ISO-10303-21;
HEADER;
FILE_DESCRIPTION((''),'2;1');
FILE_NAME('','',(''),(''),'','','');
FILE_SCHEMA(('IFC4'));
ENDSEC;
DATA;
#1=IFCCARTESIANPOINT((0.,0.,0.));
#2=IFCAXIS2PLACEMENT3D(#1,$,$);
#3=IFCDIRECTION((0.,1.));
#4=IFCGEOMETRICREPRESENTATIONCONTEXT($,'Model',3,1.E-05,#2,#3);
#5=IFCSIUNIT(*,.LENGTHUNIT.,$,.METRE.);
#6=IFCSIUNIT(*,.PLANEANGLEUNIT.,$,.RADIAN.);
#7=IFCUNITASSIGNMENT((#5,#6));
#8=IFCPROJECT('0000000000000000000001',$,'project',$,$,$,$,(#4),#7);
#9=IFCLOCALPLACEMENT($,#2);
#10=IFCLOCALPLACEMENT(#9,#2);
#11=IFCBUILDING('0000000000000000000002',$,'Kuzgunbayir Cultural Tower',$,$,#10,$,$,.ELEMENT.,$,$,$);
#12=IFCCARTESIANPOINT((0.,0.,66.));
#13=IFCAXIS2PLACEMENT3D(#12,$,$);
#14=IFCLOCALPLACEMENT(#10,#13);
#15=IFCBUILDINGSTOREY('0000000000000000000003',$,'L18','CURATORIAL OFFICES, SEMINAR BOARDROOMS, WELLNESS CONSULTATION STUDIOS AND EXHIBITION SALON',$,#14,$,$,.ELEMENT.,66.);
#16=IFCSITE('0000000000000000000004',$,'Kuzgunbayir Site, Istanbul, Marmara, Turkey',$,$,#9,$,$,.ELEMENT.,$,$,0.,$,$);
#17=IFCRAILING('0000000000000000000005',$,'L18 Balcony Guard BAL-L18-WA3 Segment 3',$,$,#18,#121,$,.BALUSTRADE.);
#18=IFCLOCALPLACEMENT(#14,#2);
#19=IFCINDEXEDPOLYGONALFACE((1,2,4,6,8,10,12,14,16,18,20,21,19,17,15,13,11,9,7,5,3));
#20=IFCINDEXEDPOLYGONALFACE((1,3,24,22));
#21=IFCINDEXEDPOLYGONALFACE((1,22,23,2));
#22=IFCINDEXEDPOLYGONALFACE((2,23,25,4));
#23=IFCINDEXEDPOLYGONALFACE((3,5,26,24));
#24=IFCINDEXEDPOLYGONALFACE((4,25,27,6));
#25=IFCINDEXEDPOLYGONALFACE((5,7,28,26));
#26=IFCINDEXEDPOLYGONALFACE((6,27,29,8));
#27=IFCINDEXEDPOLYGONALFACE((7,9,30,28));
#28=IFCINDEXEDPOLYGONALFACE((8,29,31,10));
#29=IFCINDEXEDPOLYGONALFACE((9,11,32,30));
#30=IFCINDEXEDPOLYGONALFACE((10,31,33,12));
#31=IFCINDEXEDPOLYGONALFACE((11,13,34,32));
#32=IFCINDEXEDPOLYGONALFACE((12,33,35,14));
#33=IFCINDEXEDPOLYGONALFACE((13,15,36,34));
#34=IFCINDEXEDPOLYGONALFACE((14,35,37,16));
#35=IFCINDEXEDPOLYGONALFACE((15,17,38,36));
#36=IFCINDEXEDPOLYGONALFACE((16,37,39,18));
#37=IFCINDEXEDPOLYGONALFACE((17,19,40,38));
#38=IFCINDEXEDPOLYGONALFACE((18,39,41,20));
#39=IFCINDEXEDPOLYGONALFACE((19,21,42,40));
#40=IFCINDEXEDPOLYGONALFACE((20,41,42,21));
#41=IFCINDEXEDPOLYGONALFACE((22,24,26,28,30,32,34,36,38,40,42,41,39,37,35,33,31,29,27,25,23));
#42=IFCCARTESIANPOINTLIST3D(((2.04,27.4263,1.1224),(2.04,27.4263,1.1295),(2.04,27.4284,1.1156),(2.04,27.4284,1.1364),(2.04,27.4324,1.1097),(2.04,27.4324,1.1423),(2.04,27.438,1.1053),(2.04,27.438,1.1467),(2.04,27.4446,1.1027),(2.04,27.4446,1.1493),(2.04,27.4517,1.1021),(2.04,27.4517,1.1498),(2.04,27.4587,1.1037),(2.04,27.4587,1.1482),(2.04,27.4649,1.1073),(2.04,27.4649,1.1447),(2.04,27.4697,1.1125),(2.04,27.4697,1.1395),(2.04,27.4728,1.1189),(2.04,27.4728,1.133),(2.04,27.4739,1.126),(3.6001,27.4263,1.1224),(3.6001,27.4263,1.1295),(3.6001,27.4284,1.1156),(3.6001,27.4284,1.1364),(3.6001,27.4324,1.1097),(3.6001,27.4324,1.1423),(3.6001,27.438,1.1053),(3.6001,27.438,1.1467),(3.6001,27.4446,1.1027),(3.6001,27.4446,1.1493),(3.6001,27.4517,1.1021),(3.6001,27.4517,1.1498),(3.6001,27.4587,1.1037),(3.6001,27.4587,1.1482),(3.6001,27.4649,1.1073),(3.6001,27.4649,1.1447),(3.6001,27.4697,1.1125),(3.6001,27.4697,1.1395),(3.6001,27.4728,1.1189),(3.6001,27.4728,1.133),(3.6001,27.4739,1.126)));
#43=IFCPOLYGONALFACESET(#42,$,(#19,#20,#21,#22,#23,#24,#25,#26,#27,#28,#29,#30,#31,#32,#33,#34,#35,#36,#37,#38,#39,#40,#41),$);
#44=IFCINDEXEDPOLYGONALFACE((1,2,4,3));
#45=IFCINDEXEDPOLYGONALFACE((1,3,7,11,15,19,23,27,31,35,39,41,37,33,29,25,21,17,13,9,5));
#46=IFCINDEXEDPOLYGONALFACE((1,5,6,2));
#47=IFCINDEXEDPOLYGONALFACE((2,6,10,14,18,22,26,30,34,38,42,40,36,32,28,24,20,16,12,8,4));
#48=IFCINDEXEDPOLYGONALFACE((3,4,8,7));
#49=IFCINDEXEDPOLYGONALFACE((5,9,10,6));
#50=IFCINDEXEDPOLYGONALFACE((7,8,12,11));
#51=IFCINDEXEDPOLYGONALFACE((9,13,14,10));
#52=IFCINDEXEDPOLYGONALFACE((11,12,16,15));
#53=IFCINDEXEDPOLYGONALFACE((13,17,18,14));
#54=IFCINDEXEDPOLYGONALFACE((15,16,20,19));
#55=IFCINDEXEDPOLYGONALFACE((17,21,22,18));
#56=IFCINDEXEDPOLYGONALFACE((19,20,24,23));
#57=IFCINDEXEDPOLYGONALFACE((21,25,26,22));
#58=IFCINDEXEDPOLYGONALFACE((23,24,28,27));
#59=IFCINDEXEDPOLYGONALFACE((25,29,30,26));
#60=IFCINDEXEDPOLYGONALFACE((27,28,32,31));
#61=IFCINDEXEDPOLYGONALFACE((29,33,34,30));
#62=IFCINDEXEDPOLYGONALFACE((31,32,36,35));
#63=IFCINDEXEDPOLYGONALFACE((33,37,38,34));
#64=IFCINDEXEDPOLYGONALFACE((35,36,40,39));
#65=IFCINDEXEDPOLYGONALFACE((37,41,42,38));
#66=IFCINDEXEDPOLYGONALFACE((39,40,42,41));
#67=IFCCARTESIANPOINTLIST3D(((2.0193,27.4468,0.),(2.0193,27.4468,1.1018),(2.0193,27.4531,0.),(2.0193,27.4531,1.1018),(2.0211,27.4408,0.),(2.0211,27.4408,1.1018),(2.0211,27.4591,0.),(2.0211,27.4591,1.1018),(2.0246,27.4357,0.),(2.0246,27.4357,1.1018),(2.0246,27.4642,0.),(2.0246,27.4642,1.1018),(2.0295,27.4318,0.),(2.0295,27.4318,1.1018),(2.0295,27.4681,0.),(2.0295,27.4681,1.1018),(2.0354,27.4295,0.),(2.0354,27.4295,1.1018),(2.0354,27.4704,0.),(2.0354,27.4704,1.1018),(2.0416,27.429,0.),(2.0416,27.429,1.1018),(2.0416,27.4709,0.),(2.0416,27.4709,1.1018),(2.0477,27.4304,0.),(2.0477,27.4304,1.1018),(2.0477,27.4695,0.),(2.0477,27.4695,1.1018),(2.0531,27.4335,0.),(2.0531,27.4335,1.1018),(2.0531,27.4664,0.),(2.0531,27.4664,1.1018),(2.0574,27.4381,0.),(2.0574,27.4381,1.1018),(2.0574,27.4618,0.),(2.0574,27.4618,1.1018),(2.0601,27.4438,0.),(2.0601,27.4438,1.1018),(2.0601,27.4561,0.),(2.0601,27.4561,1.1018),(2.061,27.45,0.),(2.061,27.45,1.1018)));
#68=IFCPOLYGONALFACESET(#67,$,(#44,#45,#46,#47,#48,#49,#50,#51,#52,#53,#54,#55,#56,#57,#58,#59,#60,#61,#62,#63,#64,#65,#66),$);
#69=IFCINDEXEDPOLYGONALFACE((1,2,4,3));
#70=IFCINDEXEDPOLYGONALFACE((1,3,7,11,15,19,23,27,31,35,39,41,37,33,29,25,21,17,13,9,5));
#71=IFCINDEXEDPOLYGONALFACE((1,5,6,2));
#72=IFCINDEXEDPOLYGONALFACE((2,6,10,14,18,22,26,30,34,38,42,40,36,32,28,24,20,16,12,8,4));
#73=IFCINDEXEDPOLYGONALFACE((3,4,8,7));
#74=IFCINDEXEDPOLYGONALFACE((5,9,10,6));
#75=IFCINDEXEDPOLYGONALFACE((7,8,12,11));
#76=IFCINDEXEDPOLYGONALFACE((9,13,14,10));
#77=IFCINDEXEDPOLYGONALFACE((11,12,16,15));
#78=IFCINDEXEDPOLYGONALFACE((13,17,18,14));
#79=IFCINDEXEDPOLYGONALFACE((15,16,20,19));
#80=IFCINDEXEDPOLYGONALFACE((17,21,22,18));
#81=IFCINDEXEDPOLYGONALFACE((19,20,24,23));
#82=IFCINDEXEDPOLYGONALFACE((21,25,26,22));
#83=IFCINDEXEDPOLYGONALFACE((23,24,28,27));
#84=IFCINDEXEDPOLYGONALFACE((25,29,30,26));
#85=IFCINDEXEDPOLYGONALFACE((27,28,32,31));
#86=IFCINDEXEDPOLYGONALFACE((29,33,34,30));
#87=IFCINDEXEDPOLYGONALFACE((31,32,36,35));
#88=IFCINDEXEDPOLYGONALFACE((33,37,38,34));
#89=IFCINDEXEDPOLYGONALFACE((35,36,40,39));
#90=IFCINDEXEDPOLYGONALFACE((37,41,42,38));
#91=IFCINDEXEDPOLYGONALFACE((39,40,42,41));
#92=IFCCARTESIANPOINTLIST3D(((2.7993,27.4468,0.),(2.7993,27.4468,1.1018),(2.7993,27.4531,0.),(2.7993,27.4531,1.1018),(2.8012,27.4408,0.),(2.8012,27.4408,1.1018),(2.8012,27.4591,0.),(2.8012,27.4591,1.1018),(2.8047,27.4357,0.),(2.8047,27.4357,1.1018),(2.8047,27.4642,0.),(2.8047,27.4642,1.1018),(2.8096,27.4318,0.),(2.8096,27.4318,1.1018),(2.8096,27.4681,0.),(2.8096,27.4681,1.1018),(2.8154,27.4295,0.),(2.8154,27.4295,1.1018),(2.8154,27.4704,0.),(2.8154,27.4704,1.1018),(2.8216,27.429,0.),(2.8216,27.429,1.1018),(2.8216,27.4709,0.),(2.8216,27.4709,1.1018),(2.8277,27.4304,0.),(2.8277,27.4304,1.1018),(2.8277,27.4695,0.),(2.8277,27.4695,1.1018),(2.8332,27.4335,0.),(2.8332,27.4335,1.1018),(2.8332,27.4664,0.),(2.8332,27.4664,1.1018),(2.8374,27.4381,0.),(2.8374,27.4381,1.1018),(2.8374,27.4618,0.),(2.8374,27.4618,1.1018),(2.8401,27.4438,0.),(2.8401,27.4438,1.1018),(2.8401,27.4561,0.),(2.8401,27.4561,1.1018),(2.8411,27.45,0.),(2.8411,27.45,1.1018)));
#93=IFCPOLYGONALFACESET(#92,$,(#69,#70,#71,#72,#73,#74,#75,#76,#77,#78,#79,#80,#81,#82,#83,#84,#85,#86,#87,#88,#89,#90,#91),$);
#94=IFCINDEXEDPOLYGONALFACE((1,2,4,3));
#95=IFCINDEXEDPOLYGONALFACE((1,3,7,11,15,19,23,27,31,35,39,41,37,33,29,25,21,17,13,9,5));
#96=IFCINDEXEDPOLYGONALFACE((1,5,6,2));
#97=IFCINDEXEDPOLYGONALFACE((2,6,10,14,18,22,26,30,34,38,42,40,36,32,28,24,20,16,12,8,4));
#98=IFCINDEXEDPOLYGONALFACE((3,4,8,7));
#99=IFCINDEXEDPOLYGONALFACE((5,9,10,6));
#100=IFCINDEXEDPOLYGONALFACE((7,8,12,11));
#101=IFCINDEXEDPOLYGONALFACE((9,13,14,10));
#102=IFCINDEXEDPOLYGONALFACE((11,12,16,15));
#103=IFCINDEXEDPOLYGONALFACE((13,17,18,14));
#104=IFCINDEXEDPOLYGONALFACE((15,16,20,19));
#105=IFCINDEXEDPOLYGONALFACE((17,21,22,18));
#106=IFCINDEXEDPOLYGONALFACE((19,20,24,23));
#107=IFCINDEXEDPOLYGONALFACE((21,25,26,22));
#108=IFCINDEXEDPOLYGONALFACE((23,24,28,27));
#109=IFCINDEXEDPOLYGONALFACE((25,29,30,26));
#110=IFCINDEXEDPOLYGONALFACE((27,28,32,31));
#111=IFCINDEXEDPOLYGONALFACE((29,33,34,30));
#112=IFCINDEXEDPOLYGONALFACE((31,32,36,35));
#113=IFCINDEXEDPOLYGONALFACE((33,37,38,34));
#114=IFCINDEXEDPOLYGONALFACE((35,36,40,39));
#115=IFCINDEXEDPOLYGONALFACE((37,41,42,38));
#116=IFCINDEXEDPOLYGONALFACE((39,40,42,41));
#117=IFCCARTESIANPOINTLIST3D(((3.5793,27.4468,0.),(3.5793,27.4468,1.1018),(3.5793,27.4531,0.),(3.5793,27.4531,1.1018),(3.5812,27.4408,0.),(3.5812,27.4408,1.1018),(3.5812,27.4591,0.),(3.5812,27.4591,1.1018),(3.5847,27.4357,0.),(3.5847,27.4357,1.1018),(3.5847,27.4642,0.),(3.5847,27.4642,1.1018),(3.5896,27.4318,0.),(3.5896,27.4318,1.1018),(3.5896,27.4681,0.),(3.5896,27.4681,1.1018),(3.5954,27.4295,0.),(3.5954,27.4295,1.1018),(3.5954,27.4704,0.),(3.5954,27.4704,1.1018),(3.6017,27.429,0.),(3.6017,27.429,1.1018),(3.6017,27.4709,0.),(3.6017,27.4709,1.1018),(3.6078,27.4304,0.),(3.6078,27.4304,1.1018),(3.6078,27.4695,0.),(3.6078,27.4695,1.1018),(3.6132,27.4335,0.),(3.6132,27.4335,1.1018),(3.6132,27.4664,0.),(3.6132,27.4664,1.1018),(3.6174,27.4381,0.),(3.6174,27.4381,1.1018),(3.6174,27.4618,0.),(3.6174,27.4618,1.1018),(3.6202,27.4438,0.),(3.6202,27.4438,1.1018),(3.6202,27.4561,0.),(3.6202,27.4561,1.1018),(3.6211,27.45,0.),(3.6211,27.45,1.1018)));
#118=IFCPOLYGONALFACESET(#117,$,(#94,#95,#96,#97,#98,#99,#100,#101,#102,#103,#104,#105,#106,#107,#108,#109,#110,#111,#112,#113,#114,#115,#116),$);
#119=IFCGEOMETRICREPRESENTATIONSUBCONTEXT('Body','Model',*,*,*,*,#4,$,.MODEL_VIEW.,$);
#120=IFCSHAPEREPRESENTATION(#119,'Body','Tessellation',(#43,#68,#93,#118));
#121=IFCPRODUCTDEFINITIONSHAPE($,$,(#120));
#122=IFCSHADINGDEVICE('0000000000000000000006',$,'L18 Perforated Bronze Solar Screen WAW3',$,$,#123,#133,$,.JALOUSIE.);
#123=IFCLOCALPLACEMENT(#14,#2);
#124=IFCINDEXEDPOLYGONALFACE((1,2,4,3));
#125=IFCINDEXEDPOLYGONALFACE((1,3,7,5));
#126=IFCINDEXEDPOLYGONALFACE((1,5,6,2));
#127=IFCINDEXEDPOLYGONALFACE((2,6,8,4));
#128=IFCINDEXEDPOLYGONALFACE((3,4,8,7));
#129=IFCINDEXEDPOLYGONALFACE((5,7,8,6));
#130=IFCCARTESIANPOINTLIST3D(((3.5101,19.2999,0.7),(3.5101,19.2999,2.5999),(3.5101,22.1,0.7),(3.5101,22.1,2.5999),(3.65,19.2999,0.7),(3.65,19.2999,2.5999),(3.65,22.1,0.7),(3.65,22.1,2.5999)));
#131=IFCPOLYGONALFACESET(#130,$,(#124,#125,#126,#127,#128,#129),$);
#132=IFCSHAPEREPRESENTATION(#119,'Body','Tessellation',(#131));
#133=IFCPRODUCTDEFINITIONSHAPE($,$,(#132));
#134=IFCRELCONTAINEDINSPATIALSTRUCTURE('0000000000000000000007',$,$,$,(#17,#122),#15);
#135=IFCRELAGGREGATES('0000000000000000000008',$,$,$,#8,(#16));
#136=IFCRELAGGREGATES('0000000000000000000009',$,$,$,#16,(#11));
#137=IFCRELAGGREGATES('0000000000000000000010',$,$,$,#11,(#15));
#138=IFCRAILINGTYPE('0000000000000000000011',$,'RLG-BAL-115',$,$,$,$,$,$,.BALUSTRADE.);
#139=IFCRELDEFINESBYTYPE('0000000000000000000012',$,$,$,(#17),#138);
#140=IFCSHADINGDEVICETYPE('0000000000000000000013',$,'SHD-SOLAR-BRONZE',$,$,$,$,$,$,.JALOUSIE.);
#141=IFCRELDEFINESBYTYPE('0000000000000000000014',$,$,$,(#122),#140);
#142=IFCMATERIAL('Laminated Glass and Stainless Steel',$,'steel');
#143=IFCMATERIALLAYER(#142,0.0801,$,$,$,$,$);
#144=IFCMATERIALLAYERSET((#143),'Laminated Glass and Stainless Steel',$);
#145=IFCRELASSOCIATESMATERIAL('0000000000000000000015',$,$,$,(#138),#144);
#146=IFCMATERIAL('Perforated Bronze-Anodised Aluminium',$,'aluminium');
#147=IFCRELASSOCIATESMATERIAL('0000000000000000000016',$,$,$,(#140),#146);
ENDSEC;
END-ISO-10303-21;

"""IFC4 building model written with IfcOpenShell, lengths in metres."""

from ifc_helpers import new_model, si_unit, direction, frame, origin, origin_2d, place, context, subcontext, project, spatial, rectangle, circle, extrude, material, layer, layer_set, type_object, element, save


model = new_model("IFC4")

# Units and contexts
model_context = context("Model", 3, precision=1e-05, world=origin(), true_north=direction((0.0, 1.0)))
body_context = subcontext(model_context, "Body", "Model", "MODEL_VIEW")
ifc_project = project(units=[si_unit("LENGTHUNIT", "METRE"), si_unit("PLANEANGLEUNIT", "RADIAN")], contexts=[model_context])

# Site, building, storey
site_placement = place(None, origin())
site = spatial("IfcSite", under=ifc_project, at=site_placement, Name="Kuzgunbayir Site, Istanbul, Marmara, Turkey", CompositionType="ELEMENT", RefElevation=0.0)
building_placement = place(site_placement, origin())
building = spatial("IfcBuilding", under=site, at=building_placement, Name="Kuzgunbayir Cultural Tower", CompositionType="ELEMENT")
storey_placement = place(building_placement, frame((0.0, 0.0, 66.0)))
storey = spatial("IfcBuildingStorey", under=building, at=storey_placement, Name="L18", Description="CURATORIAL OFFICES, SEMINAR BOARDROOMS, WELLNESS CONSULTATION STUDIOS AND EXHIBITION SALON", CompositionType="ELEMENT", Elevation=66.0)

# Shared definitions
ifc_material_1 = material(Name="Perforated Bronze-Anodised Aluminium", Category="aluminium")

# Railing
ifc_material_2 = material(Name="Laminated Glass and Stainless Steel", Category="steel")
ifc_layer_1 = layer(ifc_material_2, 0.0801)
ifc_layer_set_1 = layer_set([ifc_layer_1], Name="Laminated Glass and Stainless Steel")
railing_type = type_object("IfcRailingType", Name="RLG-BAL-115", PredefinedType="BALUSTRADE", material=ifc_layer_set_1)
railing_1_placement = place(storey_placement, frame((2.04, 27.45, 0.0)))
element("IfcRailing", 1, at=railing_1_placement, inside=storey, type_object=railing_type, Name="L18 Balcony Guard BAL-L18-WA3 Segment 3", PredefinedType="BALUSTRADE", context=body_context, shape_type="SweptSolid", body=[
    extrude(circle(Radius=0.0239, at=origin_2d()), frame((0.0, 0.0, 1.126), z_axis=(1.0, 0.0, 0.0), x_axis=(0.0, 1.0, 0.0)), (0.0, 0.0, 1.0), 1.5601),
    extrude(circle(Radius=0.021, at=origin_2d()), origin(), (0.0, 0.0, 1.0), 1.1018),
    extrude(circle(Radius=0.021, at=origin_2d()), frame((0.78, 0.0, 0.0)), (0.0, 0.0, 1.0), 1.1018),
    extrude(circle(Radius=0.021, at=origin_2d()), frame((1.5601, 0.0, 0.0)), (0.0, 0.0, 1.0), 1.1018),
])

# Shading device
shading_device_type = type_object("IfcShadingDeviceType", Name="SHD-SOLAR-BRONZE", PredefinedType="JALOUSIE", material=ifc_material_1)
shading_device_placement = place(storey_placement, frame((3.5801, 20.7, 0.7), z_axis=(0.0, 0.0, 1.0), x_axis=(1.0, 0.0, 0.0)))
element("IfcShadingDevice", 2, at=shading_device_placement, inside=storey, type_object=shading_device_type, Name="L18 Perforated Bronze Solar Screen WAW3", PredefinedType="JALOUSIE", context=body_context, shape_type="SweptSolid", body=[
    extrude(rectangle(XDim=0.1399, YDim=2.8, at=origin_2d()), origin(), (0.0, 0.0, 1.0), 1.8999),
])

save(model, "model.ifc")
